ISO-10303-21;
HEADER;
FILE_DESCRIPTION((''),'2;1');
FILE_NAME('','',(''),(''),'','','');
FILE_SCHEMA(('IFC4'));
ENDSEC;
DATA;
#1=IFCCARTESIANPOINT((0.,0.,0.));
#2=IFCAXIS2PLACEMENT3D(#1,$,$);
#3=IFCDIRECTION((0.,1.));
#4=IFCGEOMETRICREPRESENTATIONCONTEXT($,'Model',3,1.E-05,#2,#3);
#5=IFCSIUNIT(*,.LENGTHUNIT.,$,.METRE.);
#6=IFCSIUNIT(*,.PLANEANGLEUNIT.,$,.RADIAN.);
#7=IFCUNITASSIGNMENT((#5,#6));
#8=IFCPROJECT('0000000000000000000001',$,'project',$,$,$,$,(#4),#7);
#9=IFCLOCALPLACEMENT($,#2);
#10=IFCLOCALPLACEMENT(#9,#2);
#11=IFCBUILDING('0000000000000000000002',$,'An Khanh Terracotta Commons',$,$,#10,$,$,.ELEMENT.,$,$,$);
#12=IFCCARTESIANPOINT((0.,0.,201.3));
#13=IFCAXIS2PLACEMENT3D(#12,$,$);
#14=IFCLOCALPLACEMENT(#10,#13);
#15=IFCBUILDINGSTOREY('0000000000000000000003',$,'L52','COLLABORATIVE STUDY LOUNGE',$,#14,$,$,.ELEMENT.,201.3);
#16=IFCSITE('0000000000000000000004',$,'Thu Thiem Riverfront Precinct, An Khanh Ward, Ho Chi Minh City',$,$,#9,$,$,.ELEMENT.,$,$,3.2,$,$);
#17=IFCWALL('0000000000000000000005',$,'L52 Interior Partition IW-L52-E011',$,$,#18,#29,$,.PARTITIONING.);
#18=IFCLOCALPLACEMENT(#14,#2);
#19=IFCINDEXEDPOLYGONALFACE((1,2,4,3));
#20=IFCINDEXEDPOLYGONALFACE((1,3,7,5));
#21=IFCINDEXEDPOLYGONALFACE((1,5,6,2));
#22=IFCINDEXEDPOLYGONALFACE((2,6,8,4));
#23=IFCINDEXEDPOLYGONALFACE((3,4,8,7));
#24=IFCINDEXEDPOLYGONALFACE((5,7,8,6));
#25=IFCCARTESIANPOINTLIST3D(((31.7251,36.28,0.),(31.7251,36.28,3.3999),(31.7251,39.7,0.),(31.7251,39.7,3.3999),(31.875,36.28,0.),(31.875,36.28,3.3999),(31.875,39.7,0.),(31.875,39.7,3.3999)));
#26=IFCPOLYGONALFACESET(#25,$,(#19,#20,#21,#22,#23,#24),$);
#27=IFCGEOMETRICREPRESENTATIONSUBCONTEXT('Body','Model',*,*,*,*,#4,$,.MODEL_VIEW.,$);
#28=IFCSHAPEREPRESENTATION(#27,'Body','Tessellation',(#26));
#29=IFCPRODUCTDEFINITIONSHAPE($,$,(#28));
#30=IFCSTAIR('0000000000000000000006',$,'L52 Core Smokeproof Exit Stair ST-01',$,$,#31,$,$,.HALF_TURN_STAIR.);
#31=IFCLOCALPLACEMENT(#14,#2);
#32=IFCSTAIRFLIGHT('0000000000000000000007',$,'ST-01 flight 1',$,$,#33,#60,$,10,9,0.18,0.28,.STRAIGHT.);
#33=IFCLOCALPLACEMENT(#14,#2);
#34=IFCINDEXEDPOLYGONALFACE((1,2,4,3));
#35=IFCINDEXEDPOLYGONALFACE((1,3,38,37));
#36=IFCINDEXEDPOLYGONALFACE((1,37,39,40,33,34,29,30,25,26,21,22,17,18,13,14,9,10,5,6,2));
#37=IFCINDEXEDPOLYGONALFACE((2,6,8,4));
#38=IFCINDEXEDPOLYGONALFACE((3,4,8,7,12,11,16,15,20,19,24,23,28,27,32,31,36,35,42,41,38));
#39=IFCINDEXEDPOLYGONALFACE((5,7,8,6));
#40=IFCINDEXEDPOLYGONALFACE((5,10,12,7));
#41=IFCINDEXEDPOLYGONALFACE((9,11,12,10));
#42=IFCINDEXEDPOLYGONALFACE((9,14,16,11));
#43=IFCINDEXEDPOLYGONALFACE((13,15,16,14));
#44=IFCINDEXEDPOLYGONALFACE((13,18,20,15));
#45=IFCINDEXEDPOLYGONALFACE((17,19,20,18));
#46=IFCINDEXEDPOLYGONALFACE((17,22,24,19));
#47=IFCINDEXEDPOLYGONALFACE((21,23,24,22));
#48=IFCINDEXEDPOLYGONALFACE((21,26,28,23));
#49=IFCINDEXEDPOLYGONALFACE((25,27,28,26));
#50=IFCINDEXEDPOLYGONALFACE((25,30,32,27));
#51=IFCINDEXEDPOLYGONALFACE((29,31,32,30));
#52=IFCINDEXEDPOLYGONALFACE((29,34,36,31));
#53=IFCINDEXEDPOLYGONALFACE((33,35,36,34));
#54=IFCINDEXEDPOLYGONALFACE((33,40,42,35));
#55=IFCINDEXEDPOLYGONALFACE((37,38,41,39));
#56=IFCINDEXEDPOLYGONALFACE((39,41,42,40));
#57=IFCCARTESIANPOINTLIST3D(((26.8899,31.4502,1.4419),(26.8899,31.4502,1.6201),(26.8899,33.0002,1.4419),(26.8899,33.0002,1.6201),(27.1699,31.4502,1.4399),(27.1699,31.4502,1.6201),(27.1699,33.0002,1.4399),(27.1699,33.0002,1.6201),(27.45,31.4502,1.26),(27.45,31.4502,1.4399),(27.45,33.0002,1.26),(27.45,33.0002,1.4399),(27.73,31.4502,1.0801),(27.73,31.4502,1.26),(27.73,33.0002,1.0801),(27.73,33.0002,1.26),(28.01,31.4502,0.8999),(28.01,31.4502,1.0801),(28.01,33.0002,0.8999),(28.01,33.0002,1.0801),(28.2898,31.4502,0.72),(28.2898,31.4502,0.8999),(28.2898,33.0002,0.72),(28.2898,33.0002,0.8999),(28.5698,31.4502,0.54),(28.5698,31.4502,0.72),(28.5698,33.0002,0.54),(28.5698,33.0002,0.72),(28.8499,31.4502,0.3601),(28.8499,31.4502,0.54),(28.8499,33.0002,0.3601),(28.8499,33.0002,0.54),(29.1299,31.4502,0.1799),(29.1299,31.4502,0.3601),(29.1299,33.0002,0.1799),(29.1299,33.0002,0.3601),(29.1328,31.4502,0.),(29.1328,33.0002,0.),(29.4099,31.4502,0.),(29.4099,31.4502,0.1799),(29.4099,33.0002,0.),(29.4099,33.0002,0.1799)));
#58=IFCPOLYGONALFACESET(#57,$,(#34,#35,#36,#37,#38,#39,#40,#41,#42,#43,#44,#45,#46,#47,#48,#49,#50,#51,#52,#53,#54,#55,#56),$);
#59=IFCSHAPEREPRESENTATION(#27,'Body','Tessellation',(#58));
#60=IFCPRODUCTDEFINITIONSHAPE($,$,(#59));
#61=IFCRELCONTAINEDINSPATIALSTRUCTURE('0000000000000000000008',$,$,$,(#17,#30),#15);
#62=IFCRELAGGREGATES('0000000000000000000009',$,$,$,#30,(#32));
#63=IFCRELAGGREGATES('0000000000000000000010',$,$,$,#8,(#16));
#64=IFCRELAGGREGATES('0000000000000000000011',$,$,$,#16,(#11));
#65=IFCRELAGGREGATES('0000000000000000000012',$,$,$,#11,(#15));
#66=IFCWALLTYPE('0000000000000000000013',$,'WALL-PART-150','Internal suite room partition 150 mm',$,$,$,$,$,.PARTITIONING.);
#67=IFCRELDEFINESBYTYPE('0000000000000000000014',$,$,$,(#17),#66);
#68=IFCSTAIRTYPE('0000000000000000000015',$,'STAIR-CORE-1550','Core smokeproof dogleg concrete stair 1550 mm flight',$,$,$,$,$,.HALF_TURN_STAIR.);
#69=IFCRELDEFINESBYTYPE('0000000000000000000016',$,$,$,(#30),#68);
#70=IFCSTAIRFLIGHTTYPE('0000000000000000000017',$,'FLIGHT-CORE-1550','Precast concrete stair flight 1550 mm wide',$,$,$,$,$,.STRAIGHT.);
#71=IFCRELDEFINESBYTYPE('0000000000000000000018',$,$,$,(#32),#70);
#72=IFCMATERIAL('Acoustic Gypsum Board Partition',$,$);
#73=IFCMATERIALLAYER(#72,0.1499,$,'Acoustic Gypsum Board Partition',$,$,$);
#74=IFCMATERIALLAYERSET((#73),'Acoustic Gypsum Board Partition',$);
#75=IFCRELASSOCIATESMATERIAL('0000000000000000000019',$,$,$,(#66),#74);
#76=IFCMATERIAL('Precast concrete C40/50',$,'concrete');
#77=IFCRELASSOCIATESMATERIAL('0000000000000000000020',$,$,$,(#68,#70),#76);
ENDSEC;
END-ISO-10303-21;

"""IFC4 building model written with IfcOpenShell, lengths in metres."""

from ifc_helpers import new_model, si_unit, direction, frame, frame_2d, origin, place, context, subcontext, project, spatial, polyline, rectangle, outline, extrude, material, layer, layer_set, type_object, element, aggregate, save


model = new_model("IFC4")

# Units and contexts
model_context = context("Model", 3, precision=1e-05, world=origin(), true_north=direction((0.0, 1.0)))
body_context = subcontext(model_context, "Body", "Model", "MODEL_VIEW")
ifc_project = project(units=[si_unit("LENGTHUNIT", "METRE"), si_unit("PLANEANGLEUNIT", "RADIAN")], contexts=[model_context])

# Site, building, storey
site_placement = place(None, origin())
site = spatial("IfcSite", under=ifc_project, at=site_placement, Name="Thu Thiem Riverfront Precinct, An Khanh Ward, Ho Chi Minh City", CompositionType="ELEMENT", RefElevation=3.2)
building_placement = place(site_placement, origin())
building = spatial("IfcBuilding", under=site, at=building_placement, Name="An Khanh Terracotta Commons", CompositionType="ELEMENT")
storey_placement = place(building_placement, frame((0.0, 0.0, 201.3)))
storey = spatial("IfcBuildingStorey", under=building, at=storey_placement, Name="L52", Description="COLLABORATIVE STUDY LOUNGE", CompositionType="ELEMENT", Elevation=201.3)

# Wall
ifc_material_1 = material(Name="Acoustic Gypsum Board Partition")
ifc_layer_1 = layer(ifc_material_1, 0.1499, Name="Acoustic Gypsum Board Partition")
ifc_layer_set_1 = layer_set([ifc_layer_1], Name="Acoustic Gypsum Board Partition")
wall_type_1 = type_object("IfcWallType", Name="WALL-PART-150", Description="Internal suite room partition 150 mm", PredefinedType="PARTITIONING", material=ifc_layer_set_1)
wall_1_placement = place(storey_placement, frame((31.8, 36.28, 0.0), z_axis=(0.0, 0.0, 1.0), x_axis=(0.0, 1.0, 0.0)))
element("IfcWall", 1, at=wall_1_placement, inside=storey, type_object=wall_type_1, Name="L52 Interior Partition IW-L52-E011", PredefinedType="PARTITIONING", context=body_context, shape_type="SweptSolid", body=[
    extrude(rectangle(XDim=3.4199, YDim=0.1499, at=frame_2d((1.71, 0.0))), origin(), (0.0, 0.0, 1.0), 3.3999),
])

# Stair, stair flight
ifc_material_2 = material(Name="Precast concrete C40/50", Category="concrete")
stair_type = type_object("IfcStairType", Name="STAIR-CORE-1550", Description="Core smokeproof dogleg concrete stair 1550 mm flight", PredefinedType="HALF_TURN_STAIR", material=ifc_material_2)
stair_placement = place(storey_placement, origin())
stair = element("IfcStair", 2, at=stair_placement, inside=storey, type_object=stair_type, Name="L52 Core Smokeproof Exit Stair ST-01", PredefinedType="HALF_TURN_STAIR")
stair_flight_type = type_object("IfcStairFlightType", Name="FLIGHT-CORE-1550", Description="Precast concrete stair flight 1550 mm wide", PredefinedType="STRAIGHT", material=ifc_material_2)
stair_flight_placement = place(storey_placement, frame((29.4099, 32.2251, 0.0), z_axis=(0.0, 0.0, 1.0), x_axis=(-1.0, 0.0, 0.0)))
stair_flight = element("IfcStairFlight", 3, at=stair_flight_placement, type_object=stair_flight_type, Name="ST-01 flight 1", NumberOfRisers=10, NumberOfTreads=9, PredefinedType="STRAIGHT", RiserHeight=0.18, TreadLength=0.28, context=body_context, shape_type="SweptSolid", body=[
    extrude(outline(polyline([(0.0, 0.0), (0.0, 0.1799), (0.28, 0.1799), (0.28, 0.3601), (0.5601, 0.3601), (0.5601, 0.54), (0.8401, 0.54), (0.8401, 0.72), (1.1201, 0.72), (1.1201, 0.8999), (1.3999, 0.8999), (1.3999, 1.0801), (1.6799, 1.0801), (1.6799, 1.26), (1.96, 1.26), (1.96, 1.4399), (2.24, 1.4399), (2.24, 1.6201), (2.52, 1.6201), (2.52, 1.8), (2.52, 1.4419), (0.2771, 0.0), (0.0, 0.0)])), frame((0.0, 0.7749, 0.0), z_axis=(0.0, -1.0, 0.0), x_axis=(1.0, 0.0, 0.0)), (0.0, 0.0, 1.0), 1.55),
])
aggregate(stair, [stair_flight])

save(model, "model.ifc")
